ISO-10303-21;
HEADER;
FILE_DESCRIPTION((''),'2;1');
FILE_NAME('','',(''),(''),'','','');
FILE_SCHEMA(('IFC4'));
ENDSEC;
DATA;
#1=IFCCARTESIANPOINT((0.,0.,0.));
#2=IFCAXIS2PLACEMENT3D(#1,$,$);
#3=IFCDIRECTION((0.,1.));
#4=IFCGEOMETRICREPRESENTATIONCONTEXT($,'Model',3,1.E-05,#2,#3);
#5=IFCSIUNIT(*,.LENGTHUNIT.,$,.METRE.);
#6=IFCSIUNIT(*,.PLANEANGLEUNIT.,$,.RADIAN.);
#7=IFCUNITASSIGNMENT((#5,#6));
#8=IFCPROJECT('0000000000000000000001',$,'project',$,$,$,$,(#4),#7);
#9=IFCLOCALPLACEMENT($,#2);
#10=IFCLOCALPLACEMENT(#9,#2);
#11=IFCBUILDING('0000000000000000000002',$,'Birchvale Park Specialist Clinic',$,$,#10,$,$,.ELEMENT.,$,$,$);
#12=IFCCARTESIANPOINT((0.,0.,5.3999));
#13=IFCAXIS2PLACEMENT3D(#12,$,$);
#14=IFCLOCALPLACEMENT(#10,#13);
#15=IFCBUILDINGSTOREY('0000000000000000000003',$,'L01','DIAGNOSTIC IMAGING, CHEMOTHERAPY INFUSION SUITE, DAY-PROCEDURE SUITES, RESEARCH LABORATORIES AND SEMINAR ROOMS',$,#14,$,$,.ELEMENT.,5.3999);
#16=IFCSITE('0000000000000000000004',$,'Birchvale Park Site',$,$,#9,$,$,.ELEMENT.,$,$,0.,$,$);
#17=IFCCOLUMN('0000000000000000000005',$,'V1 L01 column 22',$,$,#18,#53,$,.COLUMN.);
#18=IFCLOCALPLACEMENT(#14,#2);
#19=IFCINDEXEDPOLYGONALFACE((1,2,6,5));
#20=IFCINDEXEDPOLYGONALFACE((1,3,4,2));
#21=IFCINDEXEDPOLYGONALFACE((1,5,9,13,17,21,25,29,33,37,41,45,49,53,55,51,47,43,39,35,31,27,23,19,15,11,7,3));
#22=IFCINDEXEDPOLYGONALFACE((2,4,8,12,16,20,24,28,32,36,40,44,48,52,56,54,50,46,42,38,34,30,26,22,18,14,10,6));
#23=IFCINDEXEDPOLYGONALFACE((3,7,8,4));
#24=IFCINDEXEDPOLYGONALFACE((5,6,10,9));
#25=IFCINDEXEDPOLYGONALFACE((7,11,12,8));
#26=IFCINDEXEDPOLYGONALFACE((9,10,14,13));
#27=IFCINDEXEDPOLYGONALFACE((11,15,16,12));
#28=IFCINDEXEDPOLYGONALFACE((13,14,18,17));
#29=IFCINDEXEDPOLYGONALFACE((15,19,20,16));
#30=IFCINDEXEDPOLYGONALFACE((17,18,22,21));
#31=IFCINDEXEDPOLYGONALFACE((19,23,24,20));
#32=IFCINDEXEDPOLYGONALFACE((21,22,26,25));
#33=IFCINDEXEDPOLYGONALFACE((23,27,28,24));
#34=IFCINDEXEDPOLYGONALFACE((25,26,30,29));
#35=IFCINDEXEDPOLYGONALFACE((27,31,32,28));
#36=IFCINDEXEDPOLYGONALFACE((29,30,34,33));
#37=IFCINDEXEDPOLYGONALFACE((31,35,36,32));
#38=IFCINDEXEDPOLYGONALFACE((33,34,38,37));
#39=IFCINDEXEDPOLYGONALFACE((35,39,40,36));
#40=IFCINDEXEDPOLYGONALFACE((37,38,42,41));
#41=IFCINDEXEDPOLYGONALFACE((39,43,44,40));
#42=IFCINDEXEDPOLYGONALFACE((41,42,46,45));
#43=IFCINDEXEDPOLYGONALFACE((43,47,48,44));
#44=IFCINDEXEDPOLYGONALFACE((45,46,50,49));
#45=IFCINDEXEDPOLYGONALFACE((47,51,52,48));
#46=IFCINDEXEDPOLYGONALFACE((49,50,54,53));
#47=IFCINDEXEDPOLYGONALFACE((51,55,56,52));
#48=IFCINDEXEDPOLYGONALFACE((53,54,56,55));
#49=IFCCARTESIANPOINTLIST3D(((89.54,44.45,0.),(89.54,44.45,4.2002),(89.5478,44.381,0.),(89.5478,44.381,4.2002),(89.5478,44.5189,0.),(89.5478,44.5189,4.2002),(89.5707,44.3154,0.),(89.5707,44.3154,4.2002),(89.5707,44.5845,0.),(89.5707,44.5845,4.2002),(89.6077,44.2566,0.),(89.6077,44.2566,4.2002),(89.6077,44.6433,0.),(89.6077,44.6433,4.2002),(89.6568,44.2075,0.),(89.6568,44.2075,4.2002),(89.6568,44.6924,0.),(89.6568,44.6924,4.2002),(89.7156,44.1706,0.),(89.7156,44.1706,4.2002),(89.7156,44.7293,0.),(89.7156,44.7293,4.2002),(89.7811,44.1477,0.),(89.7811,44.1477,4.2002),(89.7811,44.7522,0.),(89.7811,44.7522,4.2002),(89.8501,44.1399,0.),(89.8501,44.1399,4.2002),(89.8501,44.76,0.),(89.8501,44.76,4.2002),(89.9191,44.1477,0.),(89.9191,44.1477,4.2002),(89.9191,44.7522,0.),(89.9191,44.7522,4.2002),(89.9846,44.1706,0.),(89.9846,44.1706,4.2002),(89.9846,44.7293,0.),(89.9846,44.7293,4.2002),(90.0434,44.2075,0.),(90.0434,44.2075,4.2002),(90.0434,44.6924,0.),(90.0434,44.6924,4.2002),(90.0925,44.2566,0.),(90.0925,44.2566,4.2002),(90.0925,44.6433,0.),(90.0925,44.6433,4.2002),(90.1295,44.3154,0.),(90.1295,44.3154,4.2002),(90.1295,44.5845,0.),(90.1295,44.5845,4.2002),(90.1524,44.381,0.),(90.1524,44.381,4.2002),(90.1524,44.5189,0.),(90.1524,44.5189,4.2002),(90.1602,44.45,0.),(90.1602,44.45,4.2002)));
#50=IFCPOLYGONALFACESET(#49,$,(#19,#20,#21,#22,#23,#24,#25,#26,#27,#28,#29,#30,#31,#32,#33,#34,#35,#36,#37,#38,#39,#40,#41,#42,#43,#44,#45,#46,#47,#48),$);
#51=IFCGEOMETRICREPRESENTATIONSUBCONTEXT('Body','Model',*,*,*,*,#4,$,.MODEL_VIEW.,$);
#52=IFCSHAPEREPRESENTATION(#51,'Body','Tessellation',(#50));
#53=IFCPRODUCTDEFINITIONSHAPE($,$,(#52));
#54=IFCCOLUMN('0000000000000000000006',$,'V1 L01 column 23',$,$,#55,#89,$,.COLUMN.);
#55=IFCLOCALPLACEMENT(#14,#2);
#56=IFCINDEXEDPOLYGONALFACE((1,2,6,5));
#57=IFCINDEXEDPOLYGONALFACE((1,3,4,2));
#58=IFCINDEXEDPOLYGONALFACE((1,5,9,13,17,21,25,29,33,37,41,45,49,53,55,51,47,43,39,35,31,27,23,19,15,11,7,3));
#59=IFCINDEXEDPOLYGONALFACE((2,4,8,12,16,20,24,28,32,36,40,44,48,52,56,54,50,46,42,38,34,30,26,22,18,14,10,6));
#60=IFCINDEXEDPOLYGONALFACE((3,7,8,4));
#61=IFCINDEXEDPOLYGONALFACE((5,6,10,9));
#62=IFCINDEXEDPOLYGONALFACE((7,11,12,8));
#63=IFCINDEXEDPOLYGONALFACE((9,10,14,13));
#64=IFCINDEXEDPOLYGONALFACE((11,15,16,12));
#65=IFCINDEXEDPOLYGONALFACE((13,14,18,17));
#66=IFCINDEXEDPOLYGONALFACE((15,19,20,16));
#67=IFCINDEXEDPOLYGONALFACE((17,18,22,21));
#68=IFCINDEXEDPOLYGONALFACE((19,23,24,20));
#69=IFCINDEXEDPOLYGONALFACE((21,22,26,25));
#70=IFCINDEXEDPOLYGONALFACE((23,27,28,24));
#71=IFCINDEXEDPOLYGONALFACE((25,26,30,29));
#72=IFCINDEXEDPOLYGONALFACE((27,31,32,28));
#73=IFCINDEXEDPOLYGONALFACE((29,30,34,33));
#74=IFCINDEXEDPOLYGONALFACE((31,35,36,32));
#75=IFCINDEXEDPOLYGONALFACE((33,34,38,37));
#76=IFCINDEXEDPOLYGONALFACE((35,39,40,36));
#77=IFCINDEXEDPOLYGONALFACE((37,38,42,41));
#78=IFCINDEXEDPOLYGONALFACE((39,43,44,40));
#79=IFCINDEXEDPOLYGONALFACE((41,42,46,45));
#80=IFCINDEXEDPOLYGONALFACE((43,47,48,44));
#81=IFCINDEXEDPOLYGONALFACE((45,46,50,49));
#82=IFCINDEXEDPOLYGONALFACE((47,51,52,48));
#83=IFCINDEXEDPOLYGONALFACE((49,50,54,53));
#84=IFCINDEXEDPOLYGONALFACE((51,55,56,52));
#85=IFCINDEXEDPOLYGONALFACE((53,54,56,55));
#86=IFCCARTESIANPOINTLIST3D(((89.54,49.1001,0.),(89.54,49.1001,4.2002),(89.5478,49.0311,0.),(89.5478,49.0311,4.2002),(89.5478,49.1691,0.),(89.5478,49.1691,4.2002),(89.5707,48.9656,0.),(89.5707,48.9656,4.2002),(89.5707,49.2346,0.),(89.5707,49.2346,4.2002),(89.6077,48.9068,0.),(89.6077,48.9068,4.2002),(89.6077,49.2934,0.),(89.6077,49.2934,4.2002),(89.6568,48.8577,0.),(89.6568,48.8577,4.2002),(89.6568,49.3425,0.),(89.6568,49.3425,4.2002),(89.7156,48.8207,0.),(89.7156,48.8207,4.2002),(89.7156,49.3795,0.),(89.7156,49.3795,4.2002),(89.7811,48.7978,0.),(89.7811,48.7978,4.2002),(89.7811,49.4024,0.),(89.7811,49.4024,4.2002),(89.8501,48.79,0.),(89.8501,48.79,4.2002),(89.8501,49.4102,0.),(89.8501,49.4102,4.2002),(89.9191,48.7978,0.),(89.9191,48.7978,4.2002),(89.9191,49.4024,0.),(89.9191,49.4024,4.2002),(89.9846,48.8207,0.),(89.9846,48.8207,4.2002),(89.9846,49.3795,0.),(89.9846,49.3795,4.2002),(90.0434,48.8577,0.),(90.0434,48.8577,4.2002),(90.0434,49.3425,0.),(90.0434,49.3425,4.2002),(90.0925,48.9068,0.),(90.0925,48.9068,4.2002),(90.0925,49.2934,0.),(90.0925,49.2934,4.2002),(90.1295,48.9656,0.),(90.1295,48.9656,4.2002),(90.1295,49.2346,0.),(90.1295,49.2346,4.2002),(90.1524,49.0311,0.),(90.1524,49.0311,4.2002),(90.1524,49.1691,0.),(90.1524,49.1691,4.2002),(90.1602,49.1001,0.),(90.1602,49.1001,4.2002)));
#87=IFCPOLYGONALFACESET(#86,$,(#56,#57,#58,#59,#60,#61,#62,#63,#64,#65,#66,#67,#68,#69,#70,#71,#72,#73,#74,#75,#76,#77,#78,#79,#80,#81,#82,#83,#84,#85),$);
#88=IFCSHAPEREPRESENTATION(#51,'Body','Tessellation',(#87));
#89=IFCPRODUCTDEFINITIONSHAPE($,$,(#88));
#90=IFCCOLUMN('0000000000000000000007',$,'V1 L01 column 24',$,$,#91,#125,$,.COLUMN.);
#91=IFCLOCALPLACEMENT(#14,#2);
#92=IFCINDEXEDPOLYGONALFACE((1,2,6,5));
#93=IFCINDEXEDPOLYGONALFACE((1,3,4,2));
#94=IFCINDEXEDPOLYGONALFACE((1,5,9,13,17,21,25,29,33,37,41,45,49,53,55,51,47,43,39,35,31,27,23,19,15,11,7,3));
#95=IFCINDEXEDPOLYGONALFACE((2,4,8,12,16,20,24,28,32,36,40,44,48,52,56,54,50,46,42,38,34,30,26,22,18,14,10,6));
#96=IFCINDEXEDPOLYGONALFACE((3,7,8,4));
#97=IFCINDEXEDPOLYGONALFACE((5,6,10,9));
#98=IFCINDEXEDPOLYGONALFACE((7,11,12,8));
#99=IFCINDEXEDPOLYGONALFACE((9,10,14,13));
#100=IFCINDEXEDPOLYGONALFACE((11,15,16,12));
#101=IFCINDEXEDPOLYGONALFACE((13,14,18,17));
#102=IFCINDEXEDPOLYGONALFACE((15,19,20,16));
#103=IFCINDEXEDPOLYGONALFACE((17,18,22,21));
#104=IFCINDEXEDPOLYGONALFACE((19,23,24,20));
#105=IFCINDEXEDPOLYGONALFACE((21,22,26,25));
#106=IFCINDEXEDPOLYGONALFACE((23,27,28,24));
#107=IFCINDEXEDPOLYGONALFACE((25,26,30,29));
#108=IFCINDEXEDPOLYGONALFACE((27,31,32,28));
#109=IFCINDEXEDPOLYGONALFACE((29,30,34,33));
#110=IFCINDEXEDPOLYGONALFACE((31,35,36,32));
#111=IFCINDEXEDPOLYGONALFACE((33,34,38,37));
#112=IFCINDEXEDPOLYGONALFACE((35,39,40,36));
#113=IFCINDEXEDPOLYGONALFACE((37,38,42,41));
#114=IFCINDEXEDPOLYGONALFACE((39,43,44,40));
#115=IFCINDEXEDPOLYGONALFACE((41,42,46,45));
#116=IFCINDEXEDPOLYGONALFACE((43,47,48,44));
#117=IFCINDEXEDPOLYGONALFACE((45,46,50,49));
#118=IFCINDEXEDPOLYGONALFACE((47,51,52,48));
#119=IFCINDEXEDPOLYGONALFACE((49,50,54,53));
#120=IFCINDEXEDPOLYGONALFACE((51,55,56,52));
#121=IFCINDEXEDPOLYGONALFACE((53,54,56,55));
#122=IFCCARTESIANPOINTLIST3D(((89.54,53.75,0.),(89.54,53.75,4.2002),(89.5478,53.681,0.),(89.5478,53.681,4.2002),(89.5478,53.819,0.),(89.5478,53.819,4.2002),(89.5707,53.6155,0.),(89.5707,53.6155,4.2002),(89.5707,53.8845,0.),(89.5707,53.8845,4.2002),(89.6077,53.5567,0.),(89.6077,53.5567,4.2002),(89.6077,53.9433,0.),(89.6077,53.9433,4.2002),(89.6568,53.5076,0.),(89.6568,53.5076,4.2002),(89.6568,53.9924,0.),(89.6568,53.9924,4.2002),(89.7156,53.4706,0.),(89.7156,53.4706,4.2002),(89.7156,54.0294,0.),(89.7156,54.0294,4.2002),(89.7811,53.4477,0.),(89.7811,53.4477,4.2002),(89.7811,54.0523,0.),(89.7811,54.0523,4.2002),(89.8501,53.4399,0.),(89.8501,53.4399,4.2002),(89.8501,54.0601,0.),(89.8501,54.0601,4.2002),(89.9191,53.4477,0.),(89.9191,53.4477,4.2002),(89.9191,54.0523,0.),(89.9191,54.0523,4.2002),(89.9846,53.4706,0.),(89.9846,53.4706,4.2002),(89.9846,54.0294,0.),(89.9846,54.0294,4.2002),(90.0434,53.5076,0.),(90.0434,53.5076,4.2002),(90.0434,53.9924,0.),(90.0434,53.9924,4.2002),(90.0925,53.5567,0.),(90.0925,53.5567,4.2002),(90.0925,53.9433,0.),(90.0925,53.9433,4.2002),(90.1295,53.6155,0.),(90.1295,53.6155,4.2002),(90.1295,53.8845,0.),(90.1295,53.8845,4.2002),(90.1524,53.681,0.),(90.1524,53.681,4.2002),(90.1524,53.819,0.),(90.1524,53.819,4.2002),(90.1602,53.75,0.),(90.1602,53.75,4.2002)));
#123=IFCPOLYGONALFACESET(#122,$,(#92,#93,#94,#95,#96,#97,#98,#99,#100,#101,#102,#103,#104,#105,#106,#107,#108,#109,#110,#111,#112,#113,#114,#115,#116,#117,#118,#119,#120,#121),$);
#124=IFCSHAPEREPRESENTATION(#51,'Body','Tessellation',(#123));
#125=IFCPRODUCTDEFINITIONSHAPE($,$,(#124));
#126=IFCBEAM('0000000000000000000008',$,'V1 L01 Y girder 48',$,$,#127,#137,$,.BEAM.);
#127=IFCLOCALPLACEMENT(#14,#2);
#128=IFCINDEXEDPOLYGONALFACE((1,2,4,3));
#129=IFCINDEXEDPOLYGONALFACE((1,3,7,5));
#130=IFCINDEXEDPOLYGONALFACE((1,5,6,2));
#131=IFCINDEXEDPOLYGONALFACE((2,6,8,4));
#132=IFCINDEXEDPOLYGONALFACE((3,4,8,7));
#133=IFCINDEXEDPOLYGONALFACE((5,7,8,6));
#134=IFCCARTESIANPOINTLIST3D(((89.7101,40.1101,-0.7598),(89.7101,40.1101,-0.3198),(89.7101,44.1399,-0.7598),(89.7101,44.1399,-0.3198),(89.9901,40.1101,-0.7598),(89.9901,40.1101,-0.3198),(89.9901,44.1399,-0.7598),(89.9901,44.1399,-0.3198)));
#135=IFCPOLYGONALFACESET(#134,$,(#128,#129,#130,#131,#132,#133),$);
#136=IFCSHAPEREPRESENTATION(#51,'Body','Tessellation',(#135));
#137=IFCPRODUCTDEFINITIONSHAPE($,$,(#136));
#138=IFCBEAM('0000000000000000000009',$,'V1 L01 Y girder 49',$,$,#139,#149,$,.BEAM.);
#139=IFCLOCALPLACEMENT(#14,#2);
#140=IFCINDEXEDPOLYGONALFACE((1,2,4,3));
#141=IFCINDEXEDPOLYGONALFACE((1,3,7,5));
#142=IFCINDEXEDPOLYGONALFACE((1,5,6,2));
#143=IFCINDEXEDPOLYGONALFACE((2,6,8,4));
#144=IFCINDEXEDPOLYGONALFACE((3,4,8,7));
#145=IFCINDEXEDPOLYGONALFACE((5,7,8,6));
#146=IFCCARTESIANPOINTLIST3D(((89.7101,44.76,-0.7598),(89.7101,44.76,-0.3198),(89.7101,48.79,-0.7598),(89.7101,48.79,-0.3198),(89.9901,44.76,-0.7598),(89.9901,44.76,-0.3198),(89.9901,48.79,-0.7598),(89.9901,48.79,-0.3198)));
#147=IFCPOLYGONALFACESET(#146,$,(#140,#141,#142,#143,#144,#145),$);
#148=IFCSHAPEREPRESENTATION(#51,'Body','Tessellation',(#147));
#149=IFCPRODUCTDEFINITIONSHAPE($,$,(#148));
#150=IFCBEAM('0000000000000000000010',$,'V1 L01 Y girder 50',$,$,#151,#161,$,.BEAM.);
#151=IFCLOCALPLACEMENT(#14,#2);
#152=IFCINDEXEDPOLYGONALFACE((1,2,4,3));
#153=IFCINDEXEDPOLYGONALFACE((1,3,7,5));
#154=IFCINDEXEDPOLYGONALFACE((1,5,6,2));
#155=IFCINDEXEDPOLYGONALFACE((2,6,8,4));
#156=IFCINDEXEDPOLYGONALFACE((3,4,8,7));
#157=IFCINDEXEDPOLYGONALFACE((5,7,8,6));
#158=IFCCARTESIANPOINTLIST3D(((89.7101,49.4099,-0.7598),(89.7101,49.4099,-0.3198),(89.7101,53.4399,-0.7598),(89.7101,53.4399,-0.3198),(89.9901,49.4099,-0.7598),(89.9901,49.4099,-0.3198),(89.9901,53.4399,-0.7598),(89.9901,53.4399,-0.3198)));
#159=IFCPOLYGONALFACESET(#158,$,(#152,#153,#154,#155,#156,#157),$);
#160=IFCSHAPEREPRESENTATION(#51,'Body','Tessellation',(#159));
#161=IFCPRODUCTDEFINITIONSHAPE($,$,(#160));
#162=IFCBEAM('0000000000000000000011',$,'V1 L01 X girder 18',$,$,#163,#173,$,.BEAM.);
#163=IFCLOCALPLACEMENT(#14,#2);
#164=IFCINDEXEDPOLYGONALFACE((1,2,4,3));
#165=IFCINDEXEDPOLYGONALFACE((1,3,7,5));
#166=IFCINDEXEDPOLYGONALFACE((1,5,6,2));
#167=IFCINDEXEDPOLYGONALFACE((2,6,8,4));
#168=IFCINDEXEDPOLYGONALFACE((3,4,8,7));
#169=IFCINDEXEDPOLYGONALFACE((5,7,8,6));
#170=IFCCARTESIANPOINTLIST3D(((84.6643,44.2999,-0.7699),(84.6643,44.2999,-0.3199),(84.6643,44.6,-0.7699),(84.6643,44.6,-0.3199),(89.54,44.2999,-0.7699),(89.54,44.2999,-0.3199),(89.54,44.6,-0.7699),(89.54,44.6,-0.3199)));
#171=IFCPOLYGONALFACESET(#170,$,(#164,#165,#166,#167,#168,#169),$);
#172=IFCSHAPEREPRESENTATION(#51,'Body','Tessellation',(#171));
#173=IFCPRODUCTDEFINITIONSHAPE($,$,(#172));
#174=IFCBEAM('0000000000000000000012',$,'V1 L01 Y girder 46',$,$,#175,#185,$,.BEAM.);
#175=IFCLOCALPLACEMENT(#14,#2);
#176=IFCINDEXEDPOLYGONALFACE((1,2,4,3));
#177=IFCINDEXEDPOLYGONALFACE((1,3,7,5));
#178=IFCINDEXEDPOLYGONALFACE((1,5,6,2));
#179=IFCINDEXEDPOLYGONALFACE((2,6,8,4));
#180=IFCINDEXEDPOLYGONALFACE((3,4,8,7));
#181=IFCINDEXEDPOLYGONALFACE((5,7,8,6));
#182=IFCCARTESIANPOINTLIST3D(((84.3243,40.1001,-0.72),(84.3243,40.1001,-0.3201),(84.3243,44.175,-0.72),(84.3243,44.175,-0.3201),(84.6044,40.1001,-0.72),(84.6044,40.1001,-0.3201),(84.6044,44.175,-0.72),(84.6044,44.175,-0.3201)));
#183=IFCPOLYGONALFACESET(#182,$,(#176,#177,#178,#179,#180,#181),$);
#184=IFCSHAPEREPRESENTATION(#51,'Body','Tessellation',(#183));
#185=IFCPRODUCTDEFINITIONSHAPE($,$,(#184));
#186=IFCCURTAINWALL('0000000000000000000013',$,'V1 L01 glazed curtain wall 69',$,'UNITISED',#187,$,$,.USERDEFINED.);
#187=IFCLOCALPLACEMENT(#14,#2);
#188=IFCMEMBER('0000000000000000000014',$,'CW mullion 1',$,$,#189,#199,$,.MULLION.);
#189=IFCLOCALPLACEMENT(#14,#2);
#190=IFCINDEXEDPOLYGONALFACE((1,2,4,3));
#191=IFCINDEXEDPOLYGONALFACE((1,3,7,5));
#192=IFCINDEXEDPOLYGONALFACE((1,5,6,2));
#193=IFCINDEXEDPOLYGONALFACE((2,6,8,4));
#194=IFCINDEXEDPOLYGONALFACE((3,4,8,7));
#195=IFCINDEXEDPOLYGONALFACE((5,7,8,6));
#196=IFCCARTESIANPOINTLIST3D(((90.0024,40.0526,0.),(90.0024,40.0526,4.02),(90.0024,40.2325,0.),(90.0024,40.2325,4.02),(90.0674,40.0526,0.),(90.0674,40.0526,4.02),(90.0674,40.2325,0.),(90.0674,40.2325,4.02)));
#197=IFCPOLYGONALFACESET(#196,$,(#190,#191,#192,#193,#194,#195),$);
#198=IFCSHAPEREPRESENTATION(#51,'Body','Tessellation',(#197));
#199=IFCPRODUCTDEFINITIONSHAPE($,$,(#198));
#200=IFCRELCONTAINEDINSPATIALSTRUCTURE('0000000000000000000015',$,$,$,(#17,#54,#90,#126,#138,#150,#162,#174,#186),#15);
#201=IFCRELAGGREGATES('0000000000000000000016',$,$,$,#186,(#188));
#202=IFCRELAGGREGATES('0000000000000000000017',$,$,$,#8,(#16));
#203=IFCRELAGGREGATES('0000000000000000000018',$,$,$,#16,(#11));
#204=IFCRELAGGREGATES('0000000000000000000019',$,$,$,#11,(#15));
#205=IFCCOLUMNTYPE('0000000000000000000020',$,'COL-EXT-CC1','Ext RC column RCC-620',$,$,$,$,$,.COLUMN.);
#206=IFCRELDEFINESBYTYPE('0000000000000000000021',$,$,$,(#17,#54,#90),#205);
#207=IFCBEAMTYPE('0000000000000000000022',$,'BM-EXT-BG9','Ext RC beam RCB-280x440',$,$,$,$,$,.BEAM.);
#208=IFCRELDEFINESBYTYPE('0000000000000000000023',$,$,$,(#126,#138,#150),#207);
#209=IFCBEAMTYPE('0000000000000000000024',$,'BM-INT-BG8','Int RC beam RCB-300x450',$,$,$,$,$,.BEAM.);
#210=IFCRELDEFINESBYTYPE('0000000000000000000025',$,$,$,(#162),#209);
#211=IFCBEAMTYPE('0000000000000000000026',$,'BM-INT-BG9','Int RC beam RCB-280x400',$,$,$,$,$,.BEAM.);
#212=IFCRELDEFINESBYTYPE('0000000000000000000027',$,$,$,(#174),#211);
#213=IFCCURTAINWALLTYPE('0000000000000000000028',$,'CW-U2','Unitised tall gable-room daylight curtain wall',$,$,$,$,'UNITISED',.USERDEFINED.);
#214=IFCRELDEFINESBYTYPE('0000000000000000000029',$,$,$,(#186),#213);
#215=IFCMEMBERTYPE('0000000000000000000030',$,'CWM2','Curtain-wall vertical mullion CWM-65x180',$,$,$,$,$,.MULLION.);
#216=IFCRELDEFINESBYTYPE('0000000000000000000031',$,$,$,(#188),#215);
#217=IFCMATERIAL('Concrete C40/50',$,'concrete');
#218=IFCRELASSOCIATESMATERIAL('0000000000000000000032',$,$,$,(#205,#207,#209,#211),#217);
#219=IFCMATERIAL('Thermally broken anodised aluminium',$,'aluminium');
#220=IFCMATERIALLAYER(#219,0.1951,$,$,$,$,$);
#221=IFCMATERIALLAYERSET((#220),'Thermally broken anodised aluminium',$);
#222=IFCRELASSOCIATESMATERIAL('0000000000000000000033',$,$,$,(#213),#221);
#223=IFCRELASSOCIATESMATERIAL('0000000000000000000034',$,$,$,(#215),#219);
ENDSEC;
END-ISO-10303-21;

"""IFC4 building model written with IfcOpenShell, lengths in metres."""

from ifc_helpers import new_model, si_unit, direction, frame, origin, origin_2d, place, context, subcontext, project, spatial, rectangle, circle, extrude, material, layer, layer_set, material_profile, profile_set, type_object, element, aggregate, save


model = new_model("IFC4")

# Units and contexts
model_context = context("Model", 3, precision=1e-05, world=origin(), true_north=direction((0.0, 1.0)))
body_context = subcontext(model_context, "Body", "Model", "MODEL_VIEW")
ifc_project = project(units=[si_unit("LENGTHUNIT", "METRE"), si_unit("PLANEANGLEUNIT", "RADIAN")], contexts=[model_context])

# Site, building, storey
site_placement = place(None, origin())
site = spatial("IfcSite", under=ifc_project, at=site_placement, Name="Birchvale Park Site", CompositionType="ELEMENT", RefElevation=0.0)
building_placement = place(site_placement, origin())
building = spatial("IfcBuilding", under=site, at=building_placement, Name="Birchvale Park Specialist Clinic", CompositionType="ELEMENT")
storey_placement = place(building_placement, frame((0.0, 0.0, 5.3999)))
storey = spatial("IfcBuildingStorey", under=building, at=storey_placement, Name="L01", Description="DIAGNOSTIC IMAGING, CHEMOTHERAPY INFUSION SUITE, DAY-PROCEDURE SUITES, RESEARCH LABORATORIES AND SEMINAR ROOMS", CompositionType="ELEMENT", Elevation=5.3999)

# Columns
ifc_material_1 = material(Name="Concrete C40/50", Category="concrete")
ifc_material_profile_1 = material_profile(ifc_material_1, circle(Radius=0.3101, at=origin_2d()), Name="RCC-620")
ifc_profile_set_1 = profile_set([ifc_material_profile_1], Name="Concrete C40/50")
column_type = type_object("IfcColumnType", Name="COL-EXT-CC1", Description="Ext RC column RCC-620", PredefinedType="COLUMN", material=ifc_profile_set_1)
for number, where, z_axis, x_axis, name in (
    (1, (89.8501, 44.45, 0.0), (0.0, 0.0, 1.0), (1.0, 0.0, 0.0), "V1 L01 column 22"),
    (2, (89.8501, 49.1001, 0.0), (0.0, 0.0, 1.0), (1.0, 0.0, 0.0), "V1 L01 column 23"),
    (3, (89.8501, 53.75, 0.0), (0.0, 0.0, 1.0), (1.0, 0.0, 0.0), "V1 L01 column 24"),
):
    element("IfcColumn", number, at=place(storey_placement, frame(where, z_axis=z_axis, x_axis=x_axis)), inside=storey, type_object=column_type, Name=name, PredefinedType="COLUMN", context=body_context, shape_type="SweptSolid", body=[
        extrude(circle(Radius=0.3101, at=origin_2d()), origin(), (0.0, 0.0, 1.0), 4.2002),
    ])

# Beams
ifc_material_profile_2 = material_profile(ifc_material_1, rectangle(XDim=0.28, YDim=0.4399, at=origin_2d()), Name="RCB-280x440")
ifc_profile_set_2 = profile_set([ifc_material_profile_2], Name="Concrete C40/50")
beam_type_1 = type_object("IfcBeamType", Name="BM-EXT-BG9", Description="Ext RC beam RCB-280x440", PredefinedType="BEAM", material=ifc_profile_set_2)
beam_1_placement = place(storey_placement, frame((89.8501, 40.1101, -0.5398), z_axis=(0.0, 1.0, 0.0), x_axis=(-1.0, 0.0, 0.0)))
element("IfcBeam", 4, at=beam_1_placement, inside=storey, type_object=beam_type_1, Name="V1 L01 Y girder 48", PredefinedType="BEAM", context=body_context, shape_type="SweptSolid", body=[
    extrude(rectangle(XDim=0.28, YDim=0.4399, at=origin_2d()), origin(), (0.0, 0.0, 1.0), 4.0298),
])
for number, where, z_axis, x_axis, name in (
    (5, (89.8501, 44.76, -0.5398), (0.0, 1.0, 0.0), (-1.0, 0.0, 0.0), "V1 L01 Y girder 49"),
    (6, (89.8501, 49.4099, -0.5398), (0.0, 1.0, 0.0), (-1.0, 0.0, 0.0), "V1 L01 Y girder 50"),
):
    element("IfcBeam", number, at=place(storey_placement, frame(where, z_axis=z_axis, x_axis=x_axis)), inside=storey, type_object=beam_type_1, Name=name, PredefinedType="BEAM", context=body_context, shape_type="SweptSolid", body=[
        extrude(rectangle(XDim=0.28, YDim=0.4399, at=origin_2d()), origin(), (0.0, 0.0, 1.0), 4.03),
    ])
ifc_material_profile_3 = material_profile(ifc_material_1, rectangle(XDim=0.3, YDim=0.45, at=origin_2d()), Name="RCB-300x450")
ifc_profile_set_3 = profile_set([ifc_material_profile_3], Name="Concrete C40/50")
beam_type_2 = type_object("IfcBeamType", Name="BM-INT-BG8", Description="Int RC beam RCB-300x450", PredefinedType="BEAM", material=ifc_profile_set_3)
beam_2_placement = place(storey_placement, frame((84.6643, 44.45, -0.5449), z_axis=(1.0, 0.0, 0.0), x_axis=(0.0, 1.0, 0.0)))
element("IfcBeam", 7, at=beam_2_placement, inside=storey, type_object=beam_type_2, Name="V1 L01 X girder 18", PredefinedType="BEAM", context=body_context, shape_type="SweptSolid", body=[
    extrude(rectangle(XDim=0.3, YDim=0.45, at=origin_2d()), origin(), (0.0, 0.0, 1.0), 4.8757),
])
ifc_material_profile_4 = material_profile(ifc_material_1, rectangle(XDim=0.28, YDim=0.3999, at=origin_2d()), Name="RCB-280x400")
ifc_profile_set_4 = profile_set([ifc_material_profile_4], Name="Concrete C40/50")
beam_type_3 = type_object("IfcBeamType", Name="BM-INT-BG9", Description="Int RC beam RCB-280x400", PredefinedType="BEAM", material=ifc_profile_set_4)
beam_3_placement = place(storey_placement, frame((84.4644, 40.1001, -0.52), z_axis=(0.0, 1.0, 0.0), x_axis=(-1.0, 0.0, 0.0)))
element("IfcBeam", 8, at=beam_3_placement, inside=storey, type_object=beam_type_3, Name="V1 L01 Y girder 46", PredefinedType="BEAM", context=body_context, shape_type="SweptSolid", body=[
    extrude(rectangle(XDim=0.28, YDim=0.3999, at=origin_2d()), origin(), (0.0, 0.0, 1.0), 4.075),
])

# Curtain wall, member
ifc_material_2 = material(Name="Thermally broken anodised aluminium", Category="aluminium")
ifc_layer_1 = layer(ifc_material_2, 0.1951)
ifc_layer_set_1 = layer_set([ifc_layer_1], Name="Thermally broken anodised aluminium")
curtain_wall_type = type_object("IfcCurtainWallType", Name="CW-U2", Description="Unitised tall gable-room daylight curtain wall", ElementType="UNITISED", PredefinedType="USERDEFINED", material=ifc_layer_set_1)
curtain_wall_1_placement = place(storey_placement, origin())
curtain_wall_1 = element("IfcCurtainWall", 9, at=curtain_wall_1_placement, inside=storey, type_object=curtain_wall_type, Name="V1 L01 glazed curtain wall 69", ObjectType="UNITISED", PredefinedType="USERDEFINED")
ifc_material_profile_5 = material_profile(ifc_material_2, rectangle(XDim=0.0649, YDim=0.1799, at=origin_2d()), Name="CWM-65x180")
ifc_profile_set_5 = profile_set([ifc_material_profile_5], Name="Thermally broken anodised aluminium")
member_type_1 = type_object("IfcMemberType", Name="CWM2", Description="Curtain-wall vertical mullion CWM-65x180", PredefinedType="MULLION", material=ifc_profile_set_5)
member_1_placement = place(storey_placement, frame((90.0349, 40.1426, 0.0), z_axis=(0.0, 0.0, 1.0), x_axis=(-1.0, 0.0, 0.0)))
member_1 = element("IfcMember", 10, at=member_1_placement, type_object=member_type_1, Name="CW mullion 1", PredefinedType="MULLION", context=body_context, shape_type="SweptSolid", body=[
    extrude(rectangle(XDim=0.0649, YDim=0.1799, at=origin_2d()), origin(), (0.0, 0.0, 1.0), 4.02),
])

aggregate(curtain_wall_1, [member_1])

save(model, "model.ifc")
